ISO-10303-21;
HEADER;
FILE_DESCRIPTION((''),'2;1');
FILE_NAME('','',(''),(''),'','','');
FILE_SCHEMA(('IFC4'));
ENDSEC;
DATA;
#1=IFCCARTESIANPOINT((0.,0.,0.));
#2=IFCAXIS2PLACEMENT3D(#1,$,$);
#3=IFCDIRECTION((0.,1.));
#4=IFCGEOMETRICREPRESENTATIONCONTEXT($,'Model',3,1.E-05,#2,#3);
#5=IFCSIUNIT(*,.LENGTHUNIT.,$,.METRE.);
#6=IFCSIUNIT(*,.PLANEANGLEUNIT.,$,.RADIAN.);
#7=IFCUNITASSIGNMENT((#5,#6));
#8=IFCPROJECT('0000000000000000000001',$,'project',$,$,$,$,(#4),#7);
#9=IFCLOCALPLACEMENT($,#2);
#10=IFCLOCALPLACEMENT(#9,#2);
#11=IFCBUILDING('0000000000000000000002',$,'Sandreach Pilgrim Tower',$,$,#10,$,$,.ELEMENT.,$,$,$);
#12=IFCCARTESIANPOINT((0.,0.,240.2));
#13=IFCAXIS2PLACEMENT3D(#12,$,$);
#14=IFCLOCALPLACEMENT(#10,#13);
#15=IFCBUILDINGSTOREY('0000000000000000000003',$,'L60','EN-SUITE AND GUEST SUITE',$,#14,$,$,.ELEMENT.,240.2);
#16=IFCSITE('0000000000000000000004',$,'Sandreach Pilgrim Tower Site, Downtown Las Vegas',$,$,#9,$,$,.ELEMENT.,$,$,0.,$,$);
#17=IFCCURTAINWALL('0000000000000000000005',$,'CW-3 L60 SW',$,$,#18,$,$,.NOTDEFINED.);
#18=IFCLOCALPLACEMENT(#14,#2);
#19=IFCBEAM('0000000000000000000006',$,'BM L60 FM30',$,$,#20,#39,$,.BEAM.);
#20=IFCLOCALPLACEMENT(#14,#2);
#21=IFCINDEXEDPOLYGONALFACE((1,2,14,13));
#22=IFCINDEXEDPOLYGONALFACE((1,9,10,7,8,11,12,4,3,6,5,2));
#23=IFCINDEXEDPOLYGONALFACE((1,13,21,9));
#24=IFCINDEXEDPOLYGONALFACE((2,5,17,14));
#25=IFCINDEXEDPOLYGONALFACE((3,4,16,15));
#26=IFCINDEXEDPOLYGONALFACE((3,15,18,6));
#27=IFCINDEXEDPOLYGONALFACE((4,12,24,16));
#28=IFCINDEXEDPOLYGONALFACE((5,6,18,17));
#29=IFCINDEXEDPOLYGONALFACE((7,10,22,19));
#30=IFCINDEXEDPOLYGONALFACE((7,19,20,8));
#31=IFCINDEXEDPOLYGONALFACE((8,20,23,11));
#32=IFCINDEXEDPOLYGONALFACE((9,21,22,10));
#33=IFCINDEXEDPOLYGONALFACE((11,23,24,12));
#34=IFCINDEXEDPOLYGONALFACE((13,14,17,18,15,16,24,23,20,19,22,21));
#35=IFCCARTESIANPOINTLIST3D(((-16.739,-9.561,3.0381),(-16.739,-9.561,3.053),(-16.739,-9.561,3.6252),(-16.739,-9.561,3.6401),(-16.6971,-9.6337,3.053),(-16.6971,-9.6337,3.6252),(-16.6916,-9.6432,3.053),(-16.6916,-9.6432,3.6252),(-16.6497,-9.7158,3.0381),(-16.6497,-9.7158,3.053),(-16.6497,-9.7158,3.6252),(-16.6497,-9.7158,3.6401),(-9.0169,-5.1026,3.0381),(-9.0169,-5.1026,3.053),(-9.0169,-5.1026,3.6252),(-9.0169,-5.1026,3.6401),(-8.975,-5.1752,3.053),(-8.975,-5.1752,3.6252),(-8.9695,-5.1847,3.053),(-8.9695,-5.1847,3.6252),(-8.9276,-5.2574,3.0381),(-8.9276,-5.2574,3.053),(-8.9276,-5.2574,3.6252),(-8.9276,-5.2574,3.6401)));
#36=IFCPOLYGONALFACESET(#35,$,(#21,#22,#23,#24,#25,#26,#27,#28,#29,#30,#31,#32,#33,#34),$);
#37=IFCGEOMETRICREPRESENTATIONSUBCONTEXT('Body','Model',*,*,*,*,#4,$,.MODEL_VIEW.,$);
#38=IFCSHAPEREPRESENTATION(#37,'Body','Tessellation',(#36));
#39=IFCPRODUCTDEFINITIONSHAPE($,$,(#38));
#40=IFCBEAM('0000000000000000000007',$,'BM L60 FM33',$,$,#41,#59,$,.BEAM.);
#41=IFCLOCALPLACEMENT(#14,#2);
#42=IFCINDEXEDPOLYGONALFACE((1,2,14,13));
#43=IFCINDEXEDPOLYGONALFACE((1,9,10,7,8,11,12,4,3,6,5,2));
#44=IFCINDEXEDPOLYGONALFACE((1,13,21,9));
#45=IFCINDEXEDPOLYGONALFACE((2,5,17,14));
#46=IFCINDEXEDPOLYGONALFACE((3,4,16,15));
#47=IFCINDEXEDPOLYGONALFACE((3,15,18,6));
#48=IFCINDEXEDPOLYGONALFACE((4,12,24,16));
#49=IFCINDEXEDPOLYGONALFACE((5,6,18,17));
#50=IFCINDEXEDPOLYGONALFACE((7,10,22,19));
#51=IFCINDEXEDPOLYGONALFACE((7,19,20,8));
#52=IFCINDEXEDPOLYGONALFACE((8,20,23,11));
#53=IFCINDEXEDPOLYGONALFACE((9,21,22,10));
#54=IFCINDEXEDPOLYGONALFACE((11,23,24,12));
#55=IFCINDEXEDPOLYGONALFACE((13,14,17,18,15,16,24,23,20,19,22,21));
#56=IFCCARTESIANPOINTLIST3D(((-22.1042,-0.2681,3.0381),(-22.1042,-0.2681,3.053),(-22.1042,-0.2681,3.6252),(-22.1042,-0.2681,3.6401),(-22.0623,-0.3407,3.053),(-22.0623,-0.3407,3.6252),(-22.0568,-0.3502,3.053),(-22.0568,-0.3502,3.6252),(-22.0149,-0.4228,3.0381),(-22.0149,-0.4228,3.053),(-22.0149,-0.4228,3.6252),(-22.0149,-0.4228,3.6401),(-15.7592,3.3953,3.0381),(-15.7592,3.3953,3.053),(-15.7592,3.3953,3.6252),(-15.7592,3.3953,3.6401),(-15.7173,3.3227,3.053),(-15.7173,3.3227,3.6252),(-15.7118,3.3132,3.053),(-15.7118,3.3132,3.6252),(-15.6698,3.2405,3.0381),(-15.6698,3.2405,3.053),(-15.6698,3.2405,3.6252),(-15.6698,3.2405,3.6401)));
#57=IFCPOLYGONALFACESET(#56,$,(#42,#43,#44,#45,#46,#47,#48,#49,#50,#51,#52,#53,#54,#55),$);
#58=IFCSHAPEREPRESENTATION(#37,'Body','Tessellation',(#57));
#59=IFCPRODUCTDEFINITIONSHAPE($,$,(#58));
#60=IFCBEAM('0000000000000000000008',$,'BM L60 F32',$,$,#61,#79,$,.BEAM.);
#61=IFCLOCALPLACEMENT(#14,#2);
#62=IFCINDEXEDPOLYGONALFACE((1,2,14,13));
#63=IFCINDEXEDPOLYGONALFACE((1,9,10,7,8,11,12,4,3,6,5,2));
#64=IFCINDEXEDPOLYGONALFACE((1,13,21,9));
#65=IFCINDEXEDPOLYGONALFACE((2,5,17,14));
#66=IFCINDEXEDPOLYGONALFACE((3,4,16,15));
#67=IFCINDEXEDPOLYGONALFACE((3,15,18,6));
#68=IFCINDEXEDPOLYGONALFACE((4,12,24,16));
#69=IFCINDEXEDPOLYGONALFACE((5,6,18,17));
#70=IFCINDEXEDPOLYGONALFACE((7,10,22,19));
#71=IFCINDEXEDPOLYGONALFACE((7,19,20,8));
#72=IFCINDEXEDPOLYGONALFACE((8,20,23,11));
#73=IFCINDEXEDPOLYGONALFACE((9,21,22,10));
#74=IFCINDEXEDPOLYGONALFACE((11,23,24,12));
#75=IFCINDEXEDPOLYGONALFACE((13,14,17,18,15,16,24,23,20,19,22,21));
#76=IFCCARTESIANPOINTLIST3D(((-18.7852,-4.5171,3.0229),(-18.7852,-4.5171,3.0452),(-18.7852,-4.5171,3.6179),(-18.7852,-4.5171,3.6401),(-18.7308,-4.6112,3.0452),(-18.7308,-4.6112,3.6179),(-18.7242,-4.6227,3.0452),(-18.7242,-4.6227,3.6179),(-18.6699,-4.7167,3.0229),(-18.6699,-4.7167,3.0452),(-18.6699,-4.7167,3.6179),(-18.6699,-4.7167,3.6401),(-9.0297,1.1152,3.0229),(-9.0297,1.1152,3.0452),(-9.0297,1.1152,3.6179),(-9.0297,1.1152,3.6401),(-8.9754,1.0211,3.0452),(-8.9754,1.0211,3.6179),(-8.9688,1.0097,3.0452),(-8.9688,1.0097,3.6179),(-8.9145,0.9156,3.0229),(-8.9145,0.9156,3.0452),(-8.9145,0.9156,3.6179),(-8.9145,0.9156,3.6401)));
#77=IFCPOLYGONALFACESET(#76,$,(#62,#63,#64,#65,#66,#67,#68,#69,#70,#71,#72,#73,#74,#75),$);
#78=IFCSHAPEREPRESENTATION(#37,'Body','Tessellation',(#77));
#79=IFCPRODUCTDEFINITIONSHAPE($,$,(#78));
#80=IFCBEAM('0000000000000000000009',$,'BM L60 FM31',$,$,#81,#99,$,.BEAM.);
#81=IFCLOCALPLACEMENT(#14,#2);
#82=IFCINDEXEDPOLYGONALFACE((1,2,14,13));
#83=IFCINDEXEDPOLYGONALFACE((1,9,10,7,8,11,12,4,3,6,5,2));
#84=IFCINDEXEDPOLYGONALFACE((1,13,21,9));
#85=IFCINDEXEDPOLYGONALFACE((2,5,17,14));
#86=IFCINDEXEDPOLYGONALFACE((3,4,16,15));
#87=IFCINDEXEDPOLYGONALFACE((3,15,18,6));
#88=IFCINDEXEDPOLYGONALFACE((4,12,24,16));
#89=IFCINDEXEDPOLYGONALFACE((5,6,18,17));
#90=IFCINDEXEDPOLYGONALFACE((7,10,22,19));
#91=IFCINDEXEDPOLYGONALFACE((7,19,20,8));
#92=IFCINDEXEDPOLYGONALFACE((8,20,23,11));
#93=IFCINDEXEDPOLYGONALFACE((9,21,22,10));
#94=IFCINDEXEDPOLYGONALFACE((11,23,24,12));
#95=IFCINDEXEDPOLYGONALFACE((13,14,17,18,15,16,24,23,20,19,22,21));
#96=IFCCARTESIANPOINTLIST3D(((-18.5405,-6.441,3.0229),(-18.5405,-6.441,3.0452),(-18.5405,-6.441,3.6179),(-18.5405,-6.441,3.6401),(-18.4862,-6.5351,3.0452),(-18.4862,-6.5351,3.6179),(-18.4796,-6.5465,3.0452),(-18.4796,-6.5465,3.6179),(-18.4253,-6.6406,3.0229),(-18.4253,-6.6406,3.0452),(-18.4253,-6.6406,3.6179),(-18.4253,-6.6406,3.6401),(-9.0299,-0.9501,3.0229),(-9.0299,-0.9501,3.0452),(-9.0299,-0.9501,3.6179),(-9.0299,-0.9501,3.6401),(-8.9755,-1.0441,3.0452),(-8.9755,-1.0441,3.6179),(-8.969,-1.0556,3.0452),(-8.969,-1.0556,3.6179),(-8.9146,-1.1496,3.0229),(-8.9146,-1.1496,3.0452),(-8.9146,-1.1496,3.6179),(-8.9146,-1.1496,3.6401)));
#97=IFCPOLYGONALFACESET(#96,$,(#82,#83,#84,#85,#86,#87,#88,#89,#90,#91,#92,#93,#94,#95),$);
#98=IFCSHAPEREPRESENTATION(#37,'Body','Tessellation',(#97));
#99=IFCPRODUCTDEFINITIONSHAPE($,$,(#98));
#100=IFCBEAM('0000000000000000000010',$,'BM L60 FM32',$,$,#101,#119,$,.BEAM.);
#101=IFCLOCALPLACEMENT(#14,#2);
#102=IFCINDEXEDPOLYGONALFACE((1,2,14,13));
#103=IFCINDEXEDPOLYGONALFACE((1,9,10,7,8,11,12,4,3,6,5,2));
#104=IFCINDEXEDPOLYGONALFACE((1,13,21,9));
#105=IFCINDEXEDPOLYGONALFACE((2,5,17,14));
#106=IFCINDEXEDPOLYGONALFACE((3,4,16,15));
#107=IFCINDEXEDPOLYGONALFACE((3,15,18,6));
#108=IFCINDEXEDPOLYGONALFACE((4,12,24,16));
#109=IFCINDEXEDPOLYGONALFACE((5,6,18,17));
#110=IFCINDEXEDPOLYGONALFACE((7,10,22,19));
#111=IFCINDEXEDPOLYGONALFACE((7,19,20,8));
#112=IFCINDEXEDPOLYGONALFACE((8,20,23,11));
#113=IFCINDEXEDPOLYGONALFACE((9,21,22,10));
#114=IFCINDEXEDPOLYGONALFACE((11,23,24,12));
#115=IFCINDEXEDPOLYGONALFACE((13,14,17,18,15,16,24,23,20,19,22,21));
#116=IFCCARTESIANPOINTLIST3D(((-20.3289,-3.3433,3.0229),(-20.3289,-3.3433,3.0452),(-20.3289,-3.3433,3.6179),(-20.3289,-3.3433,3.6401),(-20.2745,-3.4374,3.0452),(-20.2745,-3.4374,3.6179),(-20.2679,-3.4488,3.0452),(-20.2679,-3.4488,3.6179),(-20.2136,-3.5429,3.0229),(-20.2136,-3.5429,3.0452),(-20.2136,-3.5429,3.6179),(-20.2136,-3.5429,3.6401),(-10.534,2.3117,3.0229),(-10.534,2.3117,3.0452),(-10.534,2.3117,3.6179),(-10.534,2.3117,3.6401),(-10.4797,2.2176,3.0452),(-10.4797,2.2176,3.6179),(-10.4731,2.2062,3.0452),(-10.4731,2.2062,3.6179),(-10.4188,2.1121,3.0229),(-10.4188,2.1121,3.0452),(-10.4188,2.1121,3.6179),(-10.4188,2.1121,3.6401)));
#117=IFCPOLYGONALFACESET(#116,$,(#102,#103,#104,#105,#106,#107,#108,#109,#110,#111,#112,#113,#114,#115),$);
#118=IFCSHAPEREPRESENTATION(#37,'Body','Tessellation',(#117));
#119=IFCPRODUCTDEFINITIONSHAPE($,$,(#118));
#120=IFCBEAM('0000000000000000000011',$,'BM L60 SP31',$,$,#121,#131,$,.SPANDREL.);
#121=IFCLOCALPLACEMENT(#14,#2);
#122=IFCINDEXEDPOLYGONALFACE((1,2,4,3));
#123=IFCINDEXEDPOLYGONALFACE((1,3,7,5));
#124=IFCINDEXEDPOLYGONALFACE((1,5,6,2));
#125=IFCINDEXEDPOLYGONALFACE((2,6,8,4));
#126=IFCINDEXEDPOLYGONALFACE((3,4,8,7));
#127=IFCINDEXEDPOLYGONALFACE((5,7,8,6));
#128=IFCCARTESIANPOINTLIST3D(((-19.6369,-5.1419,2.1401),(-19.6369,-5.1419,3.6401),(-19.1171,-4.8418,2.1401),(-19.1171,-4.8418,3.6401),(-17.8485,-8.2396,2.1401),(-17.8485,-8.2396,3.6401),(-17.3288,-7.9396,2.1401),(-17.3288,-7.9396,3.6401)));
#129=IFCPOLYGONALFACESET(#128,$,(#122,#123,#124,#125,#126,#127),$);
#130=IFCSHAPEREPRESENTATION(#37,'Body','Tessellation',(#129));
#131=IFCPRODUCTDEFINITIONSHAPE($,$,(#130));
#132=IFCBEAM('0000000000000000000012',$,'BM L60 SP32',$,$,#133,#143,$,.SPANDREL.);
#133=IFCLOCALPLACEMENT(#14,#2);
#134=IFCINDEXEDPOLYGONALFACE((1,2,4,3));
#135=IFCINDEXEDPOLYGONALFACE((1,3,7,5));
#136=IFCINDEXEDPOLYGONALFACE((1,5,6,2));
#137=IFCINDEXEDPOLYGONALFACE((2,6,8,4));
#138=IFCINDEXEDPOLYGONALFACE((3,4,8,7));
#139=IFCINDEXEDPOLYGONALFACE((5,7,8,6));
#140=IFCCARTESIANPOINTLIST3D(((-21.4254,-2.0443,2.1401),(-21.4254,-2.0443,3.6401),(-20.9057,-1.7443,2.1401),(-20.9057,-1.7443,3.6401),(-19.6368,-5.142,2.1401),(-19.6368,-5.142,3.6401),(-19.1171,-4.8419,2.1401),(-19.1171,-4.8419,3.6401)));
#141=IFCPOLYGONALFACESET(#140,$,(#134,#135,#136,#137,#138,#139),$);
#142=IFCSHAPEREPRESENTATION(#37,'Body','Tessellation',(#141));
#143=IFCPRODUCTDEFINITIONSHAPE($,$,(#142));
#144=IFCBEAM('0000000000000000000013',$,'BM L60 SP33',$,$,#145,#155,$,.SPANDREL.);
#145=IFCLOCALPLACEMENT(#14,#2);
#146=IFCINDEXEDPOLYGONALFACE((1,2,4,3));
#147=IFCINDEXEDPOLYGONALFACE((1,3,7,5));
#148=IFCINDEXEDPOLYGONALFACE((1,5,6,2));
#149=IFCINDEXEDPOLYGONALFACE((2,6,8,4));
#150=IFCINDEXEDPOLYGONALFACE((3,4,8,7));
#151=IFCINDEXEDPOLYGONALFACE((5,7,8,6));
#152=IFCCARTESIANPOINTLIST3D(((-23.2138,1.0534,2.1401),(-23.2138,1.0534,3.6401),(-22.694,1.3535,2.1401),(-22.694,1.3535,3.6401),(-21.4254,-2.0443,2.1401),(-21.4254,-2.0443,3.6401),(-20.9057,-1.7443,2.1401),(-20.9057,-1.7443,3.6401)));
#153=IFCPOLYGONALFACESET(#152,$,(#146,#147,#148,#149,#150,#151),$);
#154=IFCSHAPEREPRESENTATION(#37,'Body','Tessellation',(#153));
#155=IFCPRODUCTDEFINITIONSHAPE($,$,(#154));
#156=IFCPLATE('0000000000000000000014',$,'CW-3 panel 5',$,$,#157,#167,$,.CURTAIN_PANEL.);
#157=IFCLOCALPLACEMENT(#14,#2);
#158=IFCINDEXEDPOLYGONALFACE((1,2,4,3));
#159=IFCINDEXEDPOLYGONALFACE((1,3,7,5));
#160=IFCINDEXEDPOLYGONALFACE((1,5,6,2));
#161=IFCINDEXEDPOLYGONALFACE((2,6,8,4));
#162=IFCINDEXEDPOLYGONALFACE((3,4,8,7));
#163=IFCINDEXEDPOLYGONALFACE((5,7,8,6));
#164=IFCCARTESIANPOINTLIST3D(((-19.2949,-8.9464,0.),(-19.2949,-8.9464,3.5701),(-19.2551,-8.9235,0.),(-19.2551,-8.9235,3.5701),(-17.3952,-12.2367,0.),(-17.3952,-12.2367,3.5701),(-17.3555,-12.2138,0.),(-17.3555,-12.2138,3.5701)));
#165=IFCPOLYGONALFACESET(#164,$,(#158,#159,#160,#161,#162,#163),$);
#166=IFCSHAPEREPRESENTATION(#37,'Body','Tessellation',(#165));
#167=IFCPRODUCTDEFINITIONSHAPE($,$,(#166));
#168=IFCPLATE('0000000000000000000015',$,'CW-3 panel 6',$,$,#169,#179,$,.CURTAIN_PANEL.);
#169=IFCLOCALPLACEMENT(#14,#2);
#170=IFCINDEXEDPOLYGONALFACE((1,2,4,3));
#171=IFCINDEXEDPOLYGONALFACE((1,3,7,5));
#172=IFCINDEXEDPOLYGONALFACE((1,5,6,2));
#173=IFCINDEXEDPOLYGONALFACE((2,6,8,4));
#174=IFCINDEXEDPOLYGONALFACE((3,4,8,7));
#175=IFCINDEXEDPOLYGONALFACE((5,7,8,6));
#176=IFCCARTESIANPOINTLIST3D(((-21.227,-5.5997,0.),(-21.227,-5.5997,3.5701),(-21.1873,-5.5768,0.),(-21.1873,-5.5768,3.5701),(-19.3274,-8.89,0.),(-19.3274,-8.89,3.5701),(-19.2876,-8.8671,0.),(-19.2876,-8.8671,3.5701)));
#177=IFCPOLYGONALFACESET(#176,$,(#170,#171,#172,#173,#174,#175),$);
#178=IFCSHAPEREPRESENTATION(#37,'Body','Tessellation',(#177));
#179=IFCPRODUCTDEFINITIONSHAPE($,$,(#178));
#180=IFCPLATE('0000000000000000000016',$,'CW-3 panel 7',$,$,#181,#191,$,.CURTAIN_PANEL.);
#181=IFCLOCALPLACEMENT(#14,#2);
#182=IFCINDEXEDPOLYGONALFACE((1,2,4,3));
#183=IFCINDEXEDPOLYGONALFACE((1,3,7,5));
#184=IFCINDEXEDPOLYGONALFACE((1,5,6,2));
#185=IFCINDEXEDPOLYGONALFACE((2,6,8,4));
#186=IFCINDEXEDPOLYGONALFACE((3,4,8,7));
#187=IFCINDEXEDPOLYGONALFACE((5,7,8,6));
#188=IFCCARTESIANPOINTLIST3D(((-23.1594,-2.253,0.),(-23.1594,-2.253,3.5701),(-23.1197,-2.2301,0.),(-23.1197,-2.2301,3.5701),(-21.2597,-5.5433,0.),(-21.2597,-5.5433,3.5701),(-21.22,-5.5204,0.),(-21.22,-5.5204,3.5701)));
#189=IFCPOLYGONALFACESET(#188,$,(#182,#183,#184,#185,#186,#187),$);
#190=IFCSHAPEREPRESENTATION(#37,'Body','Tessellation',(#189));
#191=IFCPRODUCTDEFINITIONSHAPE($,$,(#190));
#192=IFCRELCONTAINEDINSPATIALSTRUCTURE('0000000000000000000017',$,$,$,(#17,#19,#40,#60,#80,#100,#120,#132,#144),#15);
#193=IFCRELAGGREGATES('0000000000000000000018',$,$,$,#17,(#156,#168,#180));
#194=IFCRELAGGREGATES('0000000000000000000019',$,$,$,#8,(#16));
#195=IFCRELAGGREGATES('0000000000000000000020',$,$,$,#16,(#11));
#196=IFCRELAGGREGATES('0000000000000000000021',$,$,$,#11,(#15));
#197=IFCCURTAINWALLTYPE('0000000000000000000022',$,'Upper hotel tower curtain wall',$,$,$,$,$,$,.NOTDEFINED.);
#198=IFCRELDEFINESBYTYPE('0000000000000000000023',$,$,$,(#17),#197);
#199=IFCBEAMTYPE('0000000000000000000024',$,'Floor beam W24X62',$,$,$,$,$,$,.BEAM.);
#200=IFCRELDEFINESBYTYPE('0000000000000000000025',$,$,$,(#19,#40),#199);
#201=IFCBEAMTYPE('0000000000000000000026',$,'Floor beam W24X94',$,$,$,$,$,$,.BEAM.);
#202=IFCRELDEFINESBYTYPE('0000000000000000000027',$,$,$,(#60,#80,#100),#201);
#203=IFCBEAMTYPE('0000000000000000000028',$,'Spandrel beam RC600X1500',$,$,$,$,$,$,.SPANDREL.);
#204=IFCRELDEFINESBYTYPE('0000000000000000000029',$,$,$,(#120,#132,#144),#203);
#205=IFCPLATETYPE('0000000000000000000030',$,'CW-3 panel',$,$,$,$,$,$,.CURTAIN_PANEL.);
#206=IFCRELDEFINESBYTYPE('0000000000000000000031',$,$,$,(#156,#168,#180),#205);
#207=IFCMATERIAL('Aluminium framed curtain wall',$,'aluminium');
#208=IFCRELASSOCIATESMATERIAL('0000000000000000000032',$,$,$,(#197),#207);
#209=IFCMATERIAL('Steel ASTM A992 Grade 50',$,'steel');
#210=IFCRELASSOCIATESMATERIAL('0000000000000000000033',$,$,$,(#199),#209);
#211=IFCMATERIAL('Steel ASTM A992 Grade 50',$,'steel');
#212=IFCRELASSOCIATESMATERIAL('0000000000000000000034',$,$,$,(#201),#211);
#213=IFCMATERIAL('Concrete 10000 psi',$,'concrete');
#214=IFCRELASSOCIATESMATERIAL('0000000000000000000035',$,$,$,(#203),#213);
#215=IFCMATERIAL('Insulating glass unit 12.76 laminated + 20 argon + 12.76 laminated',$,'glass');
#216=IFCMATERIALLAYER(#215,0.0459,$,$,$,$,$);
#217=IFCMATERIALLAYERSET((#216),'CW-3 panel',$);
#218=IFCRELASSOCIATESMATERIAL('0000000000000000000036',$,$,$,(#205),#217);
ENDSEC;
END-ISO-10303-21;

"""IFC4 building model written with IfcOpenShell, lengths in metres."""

from ifc_helpers import new_model, si_unit, direction, frame, origin, origin_2d, place, context, subcontext, project, spatial, rectangle, i_section, extrude, material, layer, layer_set, material_profile, profile_set, type_object, element, aggregate, save


model = new_model("IFC4")

# Units and contexts
model_context = context("Model", 3, precision=1e-05, world=origin(), true_north=direction((0.0, 1.0)))
body_context = subcontext(model_context, "Body", "Model", "MODEL_VIEW")
ifc_project = project(units=[si_unit("LENGTHUNIT", "METRE"), si_unit("PLANEANGLEUNIT", "RADIAN")], contexts=[model_context])

# Site, building, storey
site_placement = place(None, origin())
site = spatial("IfcSite", under=ifc_project, at=site_placement, Name="Sandreach Pilgrim Tower Site, Downtown Las Vegas", CompositionType="ELEMENT", RefElevation=0.0)
building_placement = place(site_placement, origin())
building = spatial("IfcBuilding", under=site, at=building_placement, Name="Sandreach Pilgrim Tower", CompositionType="ELEMENT")
storey_placement = place(building_placement, frame((0.0, 0.0, 240.2)))
storey = spatial("IfcBuildingStorey", under=building, at=storey_placement, Name="L60", Description="EN-SUITE AND GUEST SUITE", CompositionType="ELEMENT", Elevation=240.2)

# Curtain wall
ifc_material_1 = material(Name="Aluminium framed curtain wall", Category="aluminium")
curtain_wall_type = type_object("IfcCurtainWallType", Name="Upper hotel tower curtain wall", PredefinedType="NOTDEFINED", material=ifc_material_1)
curtain_wall_placement = place(storey_placement, origin())
curtain_wall = element("IfcCurtainWall", 1, at=curtain_wall_placement, inside=storey, type_object=curtain_wall_type, Name="CW-3 L60 SW", PredefinedType="NOTDEFINED")

# Beams
ifc_material_2 = material(Name="Steel ASTM A992 Grade 50", Category="steel")
ifc_material_profile_1 = material_profile(ifc_material_2, i_section(OverallWidth=0.1787, OverallDepth=0.6021, WebThickness=0.011, FlangeThickness=0.0149, at=origin_2d()), Name="W24X62")
ifc_profile_set_1 = profile_set([ifc_material_profile_1], Name="Steel ASTM A992 Grade 50")
beam_type_1 = type_object("IfcBeamType", Name="Floor beam W24X62", PredefinedType="BEAM", material=ifc_profile_set_1)
beam_1_placement = place(storey_placement, frame((-16.6943, -9.6384, 3.3391), z_axis=(0.866021, 0.500008, 0.0), x_axis=(-0.500008, 0.866021, 0.0)))
element("IfcBeam", 2, at=beam_1_placement, inside=storey, type_object=beam_type_1, Name="BM L60 FM30", PredefinedType="BEAM", context=body_context, shape_type="SweptSolid", body=[
    extrude(i_section(OverallWidth=0.1787, OverallDepth=0.6021, WebThickness=0.011, FlangeThickness=0.0149, at=origin_2d()), origin(), (0.0, 0.0, 1.0), 8.9167),
])
beam_2_placement = place(storey_placement, frame((-22.0596, -0.3455, 3.3391), z_axis=(0.866022, 0.500006, 0.0), x_axis=(-0.500006, 0.866022, 0.0)))
element("IfcBeam", 3, at=beam_2_placement, inside=storey, type_object=beam_type_1, Name="BM L60 FM33", PredefinedType="BEAM", context=body_context, shape_type="SweptSolid", body=[
    extrude(i_section(OverallWidth=0.1787, OverallDepth=0.6021, WebThickness=0.011, FlangeThickness=0.0149, at=origin_2d()), origin(), (0.0, 0.0, 1.0), 7.3267),
])
ifc_material_3 = material(Name="Steel ASTM A992 Grade 50", Category="steel")
ifc_material_profile_2 = material_profile(ifc_material_3, i_section(OverallWidth=0.2305, OverallDepth=0.6172, WebThickness=0.0132, FlangeThickness=0.0222, at=origin_2d()), Name="W24X94")
ifc_profile_set_2 = profile_set([ifc_material_profile_2], Name="Steel ASTM A992 Grade 50")
beam_type_2 = type_object("IfcBeamType", Name="Floor beam W24X94", PredefinedType="BEAM", material=ifc_profile_set_2)
beam_3_placement = place(storey_placement, frame((-18.7275, -4.6169, 3.3315), z_axis=(0.866023, 0.500004, 0.0), x_axis=(-0.500004, 0.866023, 0.0)))
element("IfcBeam", 4, at=beam_3_placement, inside=storey, type_object=beam_type_2, Name="BM L60 F32", PredefinedType="BEAM", context=body_context, shape_type="SweptSolid", body=[
    extrude(i_section(OverallWidth=0.2305, OverallDepth=0.6172, WebThickness=0.0132, FlangeThickness=0.0222, at=origin_2d()), origin(), (0.0, 0.0, 1.0), 11.2646),
])
beam_4_placement = place(storey_placement, frame((-18.4829, -6.5408, 3.3315), z_axis=(0.866028, 0.499996, 0.0), x_axis=(-0.499996, 0.866028, 0.0)))
element("IfcBeam", 5, at=beam_4_placement, inside=storey, type_object=beam_type_2, Name="BM L60 FM31", PredefinedType="BEAM", context=body_context, shape_type="SweptSolid", body=[
    extrude(i_section(OverallWidth=0.2305, OverallDepth=0.6172, WebThickness=0.0132, FlangeThickness=0.0222, at=origin_2d()), origin(), (0.0, 0.0, 1.0), 10.9819),
])
beam_5_placement = place(storey_placement, frame((-20.2712, -3.4431, 3.3315), z_axis=(0.866028, 0.499995, 0.0), x_axis=(-0.499995, 0.866028, 0.0)))
element("IfcBeam", 6, at=beam_5_placement, inside=storey, type_object=beam_type_2, Name="BM L60 FM32", PredefinedType="BEAM", context=body_context, shape_type="SweptSolid", body=[
    extrude(i_section(OverallWidth=0.2305, OverallDepth=0.6172, WebThickness=0.0132, FlangeThickness=0.0222, at=origin_2d()), origin(), (0.0, 0.0, 1.0), 11.3101),
])
ifc_material_4 = material(Name="Concrete 10000 psi", Category="concrete")
ifc_material_profile_3 = material_profile(ifc_material_4, rectangle(XDim=0.6001, YDim=1.5, at=origin_2d()), Name="RC600X1500")
ifc_profile_set_3 = profile_set([ifc_material_profile_3], Name="Concrete 10000 psi")
beam_type_3 = type_object("IfcBeamType", Name="Spandrel beam RC600X1500", PredefinedType="SPANDREL", material=ifc_profile_set_3)
for number, where, z_axis, x_axis, name in (
    (7, (-17.5886, -8.0896, 2.8901), (-0.499978, 0.866038, 0.0), (-0.866038, -0.499978, 0.0), "BM L60 SP31"),
    (8, (-19.377, -4.9919, 2.8901), (-0.50003, 0.866008, 0.0), (-0.866008, -0.50003, 0.0), "BM L60 SP32"),
    (9, (-21.1655, -1.8943, 2.8901), (-0.499978, 0.866038, 0.0), (-0.866038, -0.499978, 0.0), "BM L60 SP33"),
):
    element("IfcBeam", number, at=place(storey_placement, frame(where, z_axis=z_axis, x_axis=x_axis)), inside=storey, type_object=beam_type_3, Name=name, PredefinedType="SPANDREL", context=body_context, shape_type="SweptSolid", body=[
        extrude(rectangle(XDim=0.6001, YDim=1.5, at=origin_2d()), origin(), (0.0, 0.0, 1.0), 3.5769),
    ])

# Plates
ifc_material_5 = material(Name="Insulating glass unit 12.76 laminated + 20 argon + 12.76 laminated", Category="glass")
ifc_layer_1 = layer(ifc_material_5, 0.0459)
ifc_layer_set_1 = layer_set([ifc_layer_1], Name="CW-3 panel")
plate_type = type_object("IfcPlateType", Name="CW-3 panel", PredefinedType="CURTAIN_PANEL", material=ifc_layer_set_1)
plate_1_placement = place(storey_placement, frame((-18.3252, -10.5801, 0.0), z_axis=(0.0, 0.0, 1.0), x_axis=(-0.5, 0.866025, 0.0)))
plate_1 = element("IfcPlate", 10, at=plate_1_placement, type_object=plate_type, Name="CW-3 panel 5", PredefinedType="CURTAIN_PANEL", context=body_context, shape_type="SweptSolid", body=[
    extrude(rectangle(XDim=3.7993, YDim=0.0459, at=origin_2d()), origin(), (0.0, 0.0, 1.0), 3.5701),
])
plate_2_placement = place(storey_placement, frame((-20.2573, -7.2334, 0.0), z_axis=(0.0, 0.0, 1.0), x_axis=(-0.5, 0.866025, 0.0)))
plate_2 = element("IfcPlate", 11, at=plate_2_placement, type_object=plate_type, Name="CW-3 panel 6", PredefinedType="CURTAIN_PANEL", context=body_context, shape_type="SweptSolid", body=[
    extrude(rectangle(XDim=3.7993, YDim=0.0459, at=origin_2d()), origin(), (0.0, 0.0, 1.0), 3.5701),
])
plate_3_placement = place(storey_placement, frame((-22.1897, -3.8867, 0.0), z_axis=(0.0, 0.0, 1.0), x_axis=(-0.5, 0.866025, 0.0)))
plate_3 = element("IfcPlate", 12, at=plate_3_placement, type_object=plate_type, Name="CW-3 panel 7", PredefinedType="CURTAIN_PANEL", context=body_context, shape_type="SweptSolid", body=[
    extrude(rectangle(XDim=3.7993, YDim=0.0459, at=origin_2d()), origin(), (0.0, 0.0, 1.0), 3.5701),
])
aggregate(curtain_wall, [plate_1, plate_2, plate_3])

save(model, "model.ifc")
